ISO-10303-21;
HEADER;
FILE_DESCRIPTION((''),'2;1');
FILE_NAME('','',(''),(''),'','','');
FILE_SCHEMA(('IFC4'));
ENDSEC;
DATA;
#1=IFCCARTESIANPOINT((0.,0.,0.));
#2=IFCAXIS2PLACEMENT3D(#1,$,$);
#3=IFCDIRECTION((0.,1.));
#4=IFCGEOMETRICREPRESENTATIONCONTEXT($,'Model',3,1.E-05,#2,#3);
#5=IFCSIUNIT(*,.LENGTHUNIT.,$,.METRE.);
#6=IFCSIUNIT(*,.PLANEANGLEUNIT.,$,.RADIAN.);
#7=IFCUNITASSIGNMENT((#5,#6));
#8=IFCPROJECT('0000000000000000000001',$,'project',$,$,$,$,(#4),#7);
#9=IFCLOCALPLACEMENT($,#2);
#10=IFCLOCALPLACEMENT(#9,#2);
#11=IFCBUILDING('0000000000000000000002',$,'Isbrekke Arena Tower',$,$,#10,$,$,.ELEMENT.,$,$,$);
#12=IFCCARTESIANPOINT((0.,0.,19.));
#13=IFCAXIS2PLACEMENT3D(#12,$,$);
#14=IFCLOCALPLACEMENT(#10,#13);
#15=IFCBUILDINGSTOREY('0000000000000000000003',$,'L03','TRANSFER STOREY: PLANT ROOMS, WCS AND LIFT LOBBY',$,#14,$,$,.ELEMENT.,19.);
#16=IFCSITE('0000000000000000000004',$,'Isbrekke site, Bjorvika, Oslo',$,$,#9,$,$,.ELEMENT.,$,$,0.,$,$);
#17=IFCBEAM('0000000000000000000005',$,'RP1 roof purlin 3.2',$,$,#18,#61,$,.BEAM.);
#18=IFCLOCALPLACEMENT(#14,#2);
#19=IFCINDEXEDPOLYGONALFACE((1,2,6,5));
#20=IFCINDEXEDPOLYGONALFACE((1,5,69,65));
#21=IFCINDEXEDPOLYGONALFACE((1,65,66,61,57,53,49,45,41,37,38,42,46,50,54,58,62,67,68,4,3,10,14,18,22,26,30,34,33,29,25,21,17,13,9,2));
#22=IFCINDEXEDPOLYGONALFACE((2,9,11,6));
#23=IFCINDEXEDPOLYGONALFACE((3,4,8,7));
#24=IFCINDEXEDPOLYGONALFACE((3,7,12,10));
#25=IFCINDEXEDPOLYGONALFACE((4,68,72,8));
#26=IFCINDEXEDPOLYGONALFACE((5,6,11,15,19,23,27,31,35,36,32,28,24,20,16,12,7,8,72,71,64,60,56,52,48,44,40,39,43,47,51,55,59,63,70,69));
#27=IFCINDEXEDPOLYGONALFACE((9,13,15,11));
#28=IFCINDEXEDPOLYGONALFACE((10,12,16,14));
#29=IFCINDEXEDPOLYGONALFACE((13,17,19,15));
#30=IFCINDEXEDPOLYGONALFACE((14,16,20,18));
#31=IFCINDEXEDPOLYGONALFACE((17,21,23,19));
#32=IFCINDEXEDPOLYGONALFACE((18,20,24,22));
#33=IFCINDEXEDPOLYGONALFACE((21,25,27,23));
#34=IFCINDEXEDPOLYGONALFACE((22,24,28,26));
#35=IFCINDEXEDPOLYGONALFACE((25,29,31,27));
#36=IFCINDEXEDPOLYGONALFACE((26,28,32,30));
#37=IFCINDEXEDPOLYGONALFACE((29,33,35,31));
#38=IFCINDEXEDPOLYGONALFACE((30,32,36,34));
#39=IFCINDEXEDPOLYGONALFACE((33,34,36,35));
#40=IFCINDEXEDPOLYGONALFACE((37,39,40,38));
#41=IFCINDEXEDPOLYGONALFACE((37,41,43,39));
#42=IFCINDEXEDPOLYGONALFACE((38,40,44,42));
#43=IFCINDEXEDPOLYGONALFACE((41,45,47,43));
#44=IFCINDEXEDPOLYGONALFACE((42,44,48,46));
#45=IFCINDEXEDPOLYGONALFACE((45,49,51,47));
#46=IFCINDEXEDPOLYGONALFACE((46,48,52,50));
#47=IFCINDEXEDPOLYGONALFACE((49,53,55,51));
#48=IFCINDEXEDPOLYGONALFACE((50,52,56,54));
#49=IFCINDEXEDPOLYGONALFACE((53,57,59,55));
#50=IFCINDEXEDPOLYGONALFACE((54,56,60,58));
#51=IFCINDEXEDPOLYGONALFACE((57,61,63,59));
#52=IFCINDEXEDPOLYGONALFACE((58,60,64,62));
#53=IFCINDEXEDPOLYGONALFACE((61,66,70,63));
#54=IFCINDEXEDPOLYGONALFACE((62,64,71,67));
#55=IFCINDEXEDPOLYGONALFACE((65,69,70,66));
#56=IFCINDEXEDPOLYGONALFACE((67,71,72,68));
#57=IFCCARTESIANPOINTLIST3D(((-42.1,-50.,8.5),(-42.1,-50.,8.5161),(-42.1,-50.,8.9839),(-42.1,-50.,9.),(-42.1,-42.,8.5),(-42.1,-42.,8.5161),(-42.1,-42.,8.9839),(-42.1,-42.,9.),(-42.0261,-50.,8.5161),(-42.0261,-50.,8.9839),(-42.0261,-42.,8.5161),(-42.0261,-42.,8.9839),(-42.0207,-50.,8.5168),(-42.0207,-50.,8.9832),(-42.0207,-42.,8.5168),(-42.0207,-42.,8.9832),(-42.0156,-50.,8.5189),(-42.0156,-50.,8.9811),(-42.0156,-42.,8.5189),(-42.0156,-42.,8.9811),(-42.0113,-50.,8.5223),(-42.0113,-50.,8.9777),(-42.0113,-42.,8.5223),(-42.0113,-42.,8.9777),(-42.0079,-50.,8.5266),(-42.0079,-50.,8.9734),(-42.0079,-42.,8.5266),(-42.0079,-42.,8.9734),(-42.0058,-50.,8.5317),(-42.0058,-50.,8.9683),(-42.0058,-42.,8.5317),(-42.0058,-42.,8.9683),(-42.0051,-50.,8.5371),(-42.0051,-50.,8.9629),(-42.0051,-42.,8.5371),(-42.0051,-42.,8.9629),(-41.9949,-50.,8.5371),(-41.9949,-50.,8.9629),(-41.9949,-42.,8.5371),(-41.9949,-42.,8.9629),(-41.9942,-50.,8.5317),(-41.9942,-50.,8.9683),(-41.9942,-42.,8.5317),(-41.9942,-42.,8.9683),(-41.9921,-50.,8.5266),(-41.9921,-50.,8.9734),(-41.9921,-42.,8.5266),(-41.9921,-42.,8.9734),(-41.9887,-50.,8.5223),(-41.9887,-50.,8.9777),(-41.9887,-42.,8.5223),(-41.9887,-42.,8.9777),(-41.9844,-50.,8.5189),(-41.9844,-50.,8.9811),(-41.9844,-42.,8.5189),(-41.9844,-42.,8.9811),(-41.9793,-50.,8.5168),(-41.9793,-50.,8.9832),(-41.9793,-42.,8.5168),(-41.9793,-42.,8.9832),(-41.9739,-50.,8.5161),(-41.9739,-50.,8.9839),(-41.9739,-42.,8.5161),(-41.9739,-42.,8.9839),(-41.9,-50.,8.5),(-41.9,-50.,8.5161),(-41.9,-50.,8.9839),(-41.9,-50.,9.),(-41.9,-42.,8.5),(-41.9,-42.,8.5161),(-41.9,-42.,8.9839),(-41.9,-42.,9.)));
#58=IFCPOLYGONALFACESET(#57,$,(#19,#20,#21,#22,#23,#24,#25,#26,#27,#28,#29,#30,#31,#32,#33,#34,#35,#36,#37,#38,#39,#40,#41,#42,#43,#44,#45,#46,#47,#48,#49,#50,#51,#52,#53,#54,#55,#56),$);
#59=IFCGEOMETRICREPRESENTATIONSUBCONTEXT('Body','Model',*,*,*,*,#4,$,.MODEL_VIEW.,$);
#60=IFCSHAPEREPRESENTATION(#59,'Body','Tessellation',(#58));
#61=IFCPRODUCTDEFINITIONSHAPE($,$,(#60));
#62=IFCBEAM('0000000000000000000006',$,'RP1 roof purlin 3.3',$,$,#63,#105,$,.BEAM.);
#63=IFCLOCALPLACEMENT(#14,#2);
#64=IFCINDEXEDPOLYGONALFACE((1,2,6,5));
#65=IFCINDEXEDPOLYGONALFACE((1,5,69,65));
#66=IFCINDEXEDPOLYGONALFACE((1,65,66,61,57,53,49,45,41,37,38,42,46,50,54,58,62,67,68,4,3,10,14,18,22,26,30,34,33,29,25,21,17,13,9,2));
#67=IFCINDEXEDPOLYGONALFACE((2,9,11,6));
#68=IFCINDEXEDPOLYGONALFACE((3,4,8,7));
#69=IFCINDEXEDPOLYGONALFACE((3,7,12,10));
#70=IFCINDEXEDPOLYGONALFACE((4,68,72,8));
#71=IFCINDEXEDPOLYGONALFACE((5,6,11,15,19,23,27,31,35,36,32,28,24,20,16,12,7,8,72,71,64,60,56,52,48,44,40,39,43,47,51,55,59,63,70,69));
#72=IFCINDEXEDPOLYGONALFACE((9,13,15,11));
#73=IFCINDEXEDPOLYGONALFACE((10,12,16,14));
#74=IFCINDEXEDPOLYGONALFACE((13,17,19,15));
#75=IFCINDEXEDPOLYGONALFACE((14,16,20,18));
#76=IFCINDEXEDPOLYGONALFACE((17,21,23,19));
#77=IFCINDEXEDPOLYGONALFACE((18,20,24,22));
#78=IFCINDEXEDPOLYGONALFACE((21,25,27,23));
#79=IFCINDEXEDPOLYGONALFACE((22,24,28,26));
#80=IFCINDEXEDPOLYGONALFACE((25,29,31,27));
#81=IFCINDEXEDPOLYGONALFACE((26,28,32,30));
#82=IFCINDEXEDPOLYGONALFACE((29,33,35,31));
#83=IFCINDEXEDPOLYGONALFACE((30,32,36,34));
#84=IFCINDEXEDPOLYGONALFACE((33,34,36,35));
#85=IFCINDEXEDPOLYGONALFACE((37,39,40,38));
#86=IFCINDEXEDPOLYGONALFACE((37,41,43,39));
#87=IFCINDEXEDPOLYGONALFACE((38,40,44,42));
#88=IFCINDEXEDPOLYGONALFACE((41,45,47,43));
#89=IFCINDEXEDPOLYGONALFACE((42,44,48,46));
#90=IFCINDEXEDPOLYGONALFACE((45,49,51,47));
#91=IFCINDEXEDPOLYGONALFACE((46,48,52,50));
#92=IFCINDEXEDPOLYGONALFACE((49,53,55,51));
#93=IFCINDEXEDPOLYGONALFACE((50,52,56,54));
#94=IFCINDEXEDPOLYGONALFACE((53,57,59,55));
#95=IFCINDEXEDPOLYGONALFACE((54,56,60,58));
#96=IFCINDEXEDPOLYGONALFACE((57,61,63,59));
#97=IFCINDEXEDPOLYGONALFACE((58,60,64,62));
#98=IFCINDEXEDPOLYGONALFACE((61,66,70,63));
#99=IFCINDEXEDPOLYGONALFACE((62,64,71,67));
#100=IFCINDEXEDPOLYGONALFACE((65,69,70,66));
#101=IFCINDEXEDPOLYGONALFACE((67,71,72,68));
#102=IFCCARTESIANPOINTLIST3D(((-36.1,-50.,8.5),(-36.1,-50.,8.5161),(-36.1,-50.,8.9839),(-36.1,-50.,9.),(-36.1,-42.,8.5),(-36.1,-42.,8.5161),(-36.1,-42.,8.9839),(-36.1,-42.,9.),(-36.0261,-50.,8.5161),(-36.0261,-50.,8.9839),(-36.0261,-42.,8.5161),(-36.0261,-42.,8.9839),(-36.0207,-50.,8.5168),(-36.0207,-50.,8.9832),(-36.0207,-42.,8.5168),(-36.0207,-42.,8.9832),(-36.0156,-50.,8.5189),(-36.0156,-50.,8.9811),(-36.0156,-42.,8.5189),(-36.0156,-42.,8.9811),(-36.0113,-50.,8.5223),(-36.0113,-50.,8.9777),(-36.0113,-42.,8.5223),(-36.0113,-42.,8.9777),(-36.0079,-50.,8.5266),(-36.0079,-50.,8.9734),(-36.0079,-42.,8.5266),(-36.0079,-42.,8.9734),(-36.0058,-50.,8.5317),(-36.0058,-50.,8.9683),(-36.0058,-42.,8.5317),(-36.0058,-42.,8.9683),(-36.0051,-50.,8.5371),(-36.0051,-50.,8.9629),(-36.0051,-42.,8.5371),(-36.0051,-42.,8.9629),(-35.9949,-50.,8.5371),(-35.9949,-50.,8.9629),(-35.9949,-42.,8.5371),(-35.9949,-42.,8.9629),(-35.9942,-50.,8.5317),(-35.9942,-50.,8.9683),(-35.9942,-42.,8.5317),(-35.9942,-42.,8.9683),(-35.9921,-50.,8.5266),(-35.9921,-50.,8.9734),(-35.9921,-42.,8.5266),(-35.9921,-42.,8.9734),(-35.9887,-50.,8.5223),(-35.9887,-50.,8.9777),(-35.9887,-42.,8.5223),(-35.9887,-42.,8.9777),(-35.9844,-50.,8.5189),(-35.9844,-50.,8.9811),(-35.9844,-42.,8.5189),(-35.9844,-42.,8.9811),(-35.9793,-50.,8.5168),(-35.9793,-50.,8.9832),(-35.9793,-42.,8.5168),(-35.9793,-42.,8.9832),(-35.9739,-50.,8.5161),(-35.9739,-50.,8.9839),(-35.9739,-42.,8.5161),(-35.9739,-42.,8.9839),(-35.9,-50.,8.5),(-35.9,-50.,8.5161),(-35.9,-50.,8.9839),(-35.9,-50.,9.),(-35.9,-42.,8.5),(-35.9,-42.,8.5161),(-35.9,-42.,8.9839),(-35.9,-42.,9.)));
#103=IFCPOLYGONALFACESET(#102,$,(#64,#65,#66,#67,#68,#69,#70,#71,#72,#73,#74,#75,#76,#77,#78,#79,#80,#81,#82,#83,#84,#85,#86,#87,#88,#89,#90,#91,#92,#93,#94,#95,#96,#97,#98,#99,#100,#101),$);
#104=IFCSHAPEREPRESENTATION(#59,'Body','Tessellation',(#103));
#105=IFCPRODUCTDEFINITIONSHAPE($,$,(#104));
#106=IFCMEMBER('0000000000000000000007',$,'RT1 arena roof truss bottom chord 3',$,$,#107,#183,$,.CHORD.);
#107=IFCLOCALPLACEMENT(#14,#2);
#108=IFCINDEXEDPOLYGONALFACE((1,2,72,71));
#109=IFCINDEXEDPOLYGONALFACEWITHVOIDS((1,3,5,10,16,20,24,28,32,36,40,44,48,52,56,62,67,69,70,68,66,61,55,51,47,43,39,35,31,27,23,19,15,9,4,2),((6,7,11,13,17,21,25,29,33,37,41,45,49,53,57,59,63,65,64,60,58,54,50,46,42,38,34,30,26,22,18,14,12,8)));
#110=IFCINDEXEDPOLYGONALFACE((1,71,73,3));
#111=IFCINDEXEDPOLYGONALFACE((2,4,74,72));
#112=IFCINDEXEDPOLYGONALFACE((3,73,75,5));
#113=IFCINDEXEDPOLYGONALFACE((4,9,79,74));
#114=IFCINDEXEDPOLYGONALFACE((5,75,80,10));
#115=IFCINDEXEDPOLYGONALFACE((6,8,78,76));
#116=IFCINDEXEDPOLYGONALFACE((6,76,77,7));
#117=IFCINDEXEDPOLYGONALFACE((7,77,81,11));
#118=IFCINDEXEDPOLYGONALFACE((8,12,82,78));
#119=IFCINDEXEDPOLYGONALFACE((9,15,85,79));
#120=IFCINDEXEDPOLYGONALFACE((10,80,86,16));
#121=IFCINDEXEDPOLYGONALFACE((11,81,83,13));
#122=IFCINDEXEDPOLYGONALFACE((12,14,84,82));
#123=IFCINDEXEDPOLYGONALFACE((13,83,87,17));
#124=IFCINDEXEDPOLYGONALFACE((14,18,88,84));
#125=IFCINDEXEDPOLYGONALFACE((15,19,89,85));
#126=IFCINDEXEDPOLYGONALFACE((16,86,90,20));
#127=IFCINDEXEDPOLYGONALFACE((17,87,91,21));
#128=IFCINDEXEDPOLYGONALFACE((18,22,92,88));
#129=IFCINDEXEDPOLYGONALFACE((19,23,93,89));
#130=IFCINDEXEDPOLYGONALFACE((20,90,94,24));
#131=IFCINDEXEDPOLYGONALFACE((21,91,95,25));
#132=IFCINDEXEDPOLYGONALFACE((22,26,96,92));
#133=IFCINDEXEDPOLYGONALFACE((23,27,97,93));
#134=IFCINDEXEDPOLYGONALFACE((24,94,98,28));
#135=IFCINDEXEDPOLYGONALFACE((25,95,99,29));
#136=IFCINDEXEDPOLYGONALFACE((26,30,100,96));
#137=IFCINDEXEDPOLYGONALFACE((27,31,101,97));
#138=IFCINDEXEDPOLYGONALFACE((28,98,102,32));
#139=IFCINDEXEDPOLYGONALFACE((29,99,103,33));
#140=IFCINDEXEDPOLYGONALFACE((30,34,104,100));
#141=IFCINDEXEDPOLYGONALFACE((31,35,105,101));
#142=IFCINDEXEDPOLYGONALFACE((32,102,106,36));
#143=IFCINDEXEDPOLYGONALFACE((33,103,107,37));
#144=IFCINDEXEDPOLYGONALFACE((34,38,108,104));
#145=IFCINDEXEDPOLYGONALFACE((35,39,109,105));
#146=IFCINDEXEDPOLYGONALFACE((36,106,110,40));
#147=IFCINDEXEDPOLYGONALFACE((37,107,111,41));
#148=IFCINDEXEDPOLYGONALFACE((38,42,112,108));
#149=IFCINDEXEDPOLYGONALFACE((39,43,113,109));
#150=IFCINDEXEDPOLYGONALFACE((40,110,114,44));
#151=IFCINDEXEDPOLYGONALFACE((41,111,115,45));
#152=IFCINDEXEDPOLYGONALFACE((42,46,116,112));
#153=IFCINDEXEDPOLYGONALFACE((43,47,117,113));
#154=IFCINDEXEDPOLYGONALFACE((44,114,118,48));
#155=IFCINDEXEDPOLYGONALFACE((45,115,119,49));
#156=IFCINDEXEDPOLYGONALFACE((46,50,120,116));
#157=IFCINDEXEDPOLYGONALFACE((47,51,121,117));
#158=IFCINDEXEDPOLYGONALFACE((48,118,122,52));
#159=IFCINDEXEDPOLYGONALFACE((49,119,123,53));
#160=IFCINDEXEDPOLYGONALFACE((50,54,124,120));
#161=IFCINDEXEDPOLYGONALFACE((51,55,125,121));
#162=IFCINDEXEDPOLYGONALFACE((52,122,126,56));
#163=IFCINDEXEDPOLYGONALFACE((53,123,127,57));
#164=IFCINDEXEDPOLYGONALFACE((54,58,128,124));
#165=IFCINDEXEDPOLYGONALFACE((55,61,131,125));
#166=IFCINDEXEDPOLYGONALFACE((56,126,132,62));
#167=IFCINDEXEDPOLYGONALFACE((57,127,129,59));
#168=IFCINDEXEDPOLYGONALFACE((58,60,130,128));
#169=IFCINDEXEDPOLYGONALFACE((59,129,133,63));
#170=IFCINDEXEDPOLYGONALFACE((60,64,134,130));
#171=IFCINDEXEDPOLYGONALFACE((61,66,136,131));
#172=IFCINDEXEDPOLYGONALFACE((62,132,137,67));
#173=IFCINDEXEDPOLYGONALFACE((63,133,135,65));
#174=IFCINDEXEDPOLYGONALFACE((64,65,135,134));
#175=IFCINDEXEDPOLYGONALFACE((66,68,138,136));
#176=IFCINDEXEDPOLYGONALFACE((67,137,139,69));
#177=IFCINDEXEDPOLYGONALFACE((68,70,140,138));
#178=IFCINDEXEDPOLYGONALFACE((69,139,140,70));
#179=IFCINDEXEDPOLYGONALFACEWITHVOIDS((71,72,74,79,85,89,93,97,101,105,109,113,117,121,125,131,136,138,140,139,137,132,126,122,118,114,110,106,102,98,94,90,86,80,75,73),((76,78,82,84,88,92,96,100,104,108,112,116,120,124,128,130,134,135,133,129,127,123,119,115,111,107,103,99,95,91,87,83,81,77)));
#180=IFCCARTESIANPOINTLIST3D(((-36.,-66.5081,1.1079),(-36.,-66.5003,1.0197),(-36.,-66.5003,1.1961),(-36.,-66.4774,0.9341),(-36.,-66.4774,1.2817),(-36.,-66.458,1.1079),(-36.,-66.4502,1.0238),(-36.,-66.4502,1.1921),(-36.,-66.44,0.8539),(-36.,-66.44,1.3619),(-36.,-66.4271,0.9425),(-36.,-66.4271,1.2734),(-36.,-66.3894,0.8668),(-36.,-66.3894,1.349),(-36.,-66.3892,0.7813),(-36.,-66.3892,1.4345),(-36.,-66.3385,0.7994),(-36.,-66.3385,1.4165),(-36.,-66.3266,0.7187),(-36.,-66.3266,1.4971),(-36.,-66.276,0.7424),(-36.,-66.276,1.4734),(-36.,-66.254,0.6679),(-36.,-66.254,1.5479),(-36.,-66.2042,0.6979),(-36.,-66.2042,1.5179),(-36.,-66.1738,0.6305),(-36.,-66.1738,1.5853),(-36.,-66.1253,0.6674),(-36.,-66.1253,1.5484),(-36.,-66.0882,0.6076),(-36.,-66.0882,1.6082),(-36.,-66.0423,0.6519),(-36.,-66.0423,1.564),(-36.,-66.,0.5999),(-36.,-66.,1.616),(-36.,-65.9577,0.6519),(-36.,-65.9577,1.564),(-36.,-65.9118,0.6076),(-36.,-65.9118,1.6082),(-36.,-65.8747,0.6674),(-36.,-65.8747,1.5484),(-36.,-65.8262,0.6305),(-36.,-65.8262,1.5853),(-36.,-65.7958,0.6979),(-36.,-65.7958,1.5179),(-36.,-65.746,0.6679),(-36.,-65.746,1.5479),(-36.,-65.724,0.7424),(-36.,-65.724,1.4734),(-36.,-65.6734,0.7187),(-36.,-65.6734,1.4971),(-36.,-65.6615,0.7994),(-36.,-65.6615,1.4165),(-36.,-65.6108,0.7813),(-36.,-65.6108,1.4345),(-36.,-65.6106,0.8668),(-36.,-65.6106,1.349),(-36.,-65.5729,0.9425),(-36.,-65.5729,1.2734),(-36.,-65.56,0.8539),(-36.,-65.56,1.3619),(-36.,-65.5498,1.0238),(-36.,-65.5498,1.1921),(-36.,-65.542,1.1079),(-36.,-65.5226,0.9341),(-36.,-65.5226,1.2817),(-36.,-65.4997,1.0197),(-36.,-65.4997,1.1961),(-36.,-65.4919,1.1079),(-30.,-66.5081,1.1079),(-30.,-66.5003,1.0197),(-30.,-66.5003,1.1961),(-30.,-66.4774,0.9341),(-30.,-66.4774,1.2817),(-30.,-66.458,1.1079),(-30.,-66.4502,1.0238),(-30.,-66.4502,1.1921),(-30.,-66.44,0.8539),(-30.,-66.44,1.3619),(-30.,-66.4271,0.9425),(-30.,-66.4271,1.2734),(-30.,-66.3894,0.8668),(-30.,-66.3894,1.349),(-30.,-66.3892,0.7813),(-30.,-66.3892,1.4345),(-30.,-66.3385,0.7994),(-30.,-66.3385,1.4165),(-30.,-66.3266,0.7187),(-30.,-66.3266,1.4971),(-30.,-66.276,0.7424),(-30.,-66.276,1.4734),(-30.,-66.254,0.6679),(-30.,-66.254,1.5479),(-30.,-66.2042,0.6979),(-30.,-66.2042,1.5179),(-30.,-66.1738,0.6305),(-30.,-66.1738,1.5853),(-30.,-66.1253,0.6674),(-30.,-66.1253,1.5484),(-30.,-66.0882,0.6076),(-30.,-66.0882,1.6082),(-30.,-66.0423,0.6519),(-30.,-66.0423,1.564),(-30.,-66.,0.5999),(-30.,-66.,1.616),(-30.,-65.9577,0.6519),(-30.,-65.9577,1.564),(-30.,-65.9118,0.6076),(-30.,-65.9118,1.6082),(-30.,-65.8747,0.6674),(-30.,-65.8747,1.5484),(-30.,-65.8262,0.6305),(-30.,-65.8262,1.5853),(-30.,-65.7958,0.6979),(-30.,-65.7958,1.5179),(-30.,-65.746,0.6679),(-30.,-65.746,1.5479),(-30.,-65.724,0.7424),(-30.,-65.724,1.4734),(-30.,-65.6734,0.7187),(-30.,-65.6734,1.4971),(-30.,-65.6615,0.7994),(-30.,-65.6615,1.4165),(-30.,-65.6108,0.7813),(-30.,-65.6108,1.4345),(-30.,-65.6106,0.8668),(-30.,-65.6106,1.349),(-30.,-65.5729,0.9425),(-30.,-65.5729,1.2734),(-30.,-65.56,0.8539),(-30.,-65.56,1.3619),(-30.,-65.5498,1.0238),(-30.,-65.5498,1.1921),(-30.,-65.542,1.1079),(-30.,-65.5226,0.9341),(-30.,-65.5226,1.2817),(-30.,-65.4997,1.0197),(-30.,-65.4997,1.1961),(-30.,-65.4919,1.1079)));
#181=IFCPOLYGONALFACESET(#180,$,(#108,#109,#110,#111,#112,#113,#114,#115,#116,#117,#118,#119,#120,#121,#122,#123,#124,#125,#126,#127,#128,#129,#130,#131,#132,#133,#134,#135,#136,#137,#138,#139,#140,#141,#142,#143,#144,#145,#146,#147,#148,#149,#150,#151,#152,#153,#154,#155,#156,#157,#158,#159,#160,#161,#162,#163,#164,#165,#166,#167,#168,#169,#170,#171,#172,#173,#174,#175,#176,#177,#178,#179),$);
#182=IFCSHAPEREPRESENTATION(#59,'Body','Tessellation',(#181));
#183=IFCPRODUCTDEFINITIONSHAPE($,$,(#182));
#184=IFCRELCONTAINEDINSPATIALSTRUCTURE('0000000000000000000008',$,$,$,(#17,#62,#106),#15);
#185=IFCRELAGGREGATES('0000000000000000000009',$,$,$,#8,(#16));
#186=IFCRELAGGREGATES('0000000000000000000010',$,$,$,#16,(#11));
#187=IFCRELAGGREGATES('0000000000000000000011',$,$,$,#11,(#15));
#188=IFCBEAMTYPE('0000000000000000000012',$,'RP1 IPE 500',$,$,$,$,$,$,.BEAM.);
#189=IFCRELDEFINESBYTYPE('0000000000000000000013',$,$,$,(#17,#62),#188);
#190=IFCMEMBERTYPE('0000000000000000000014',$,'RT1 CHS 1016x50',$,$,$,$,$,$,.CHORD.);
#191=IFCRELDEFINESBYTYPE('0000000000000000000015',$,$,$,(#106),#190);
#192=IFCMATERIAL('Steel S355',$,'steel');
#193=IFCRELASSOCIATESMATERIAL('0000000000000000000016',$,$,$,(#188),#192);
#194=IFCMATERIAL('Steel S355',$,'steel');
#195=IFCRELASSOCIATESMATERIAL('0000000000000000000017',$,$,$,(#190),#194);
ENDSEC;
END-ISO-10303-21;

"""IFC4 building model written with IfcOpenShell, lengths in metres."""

from ifc_helpers import new_model, si_unit, direction, frame, origin, origin_2d, place, context, subcontext, project, spatial, hollow_circle, i_section, extrude, material, material_profile, profile_set, type_object, element, save


model = new_model("IFC4")

# Units and contexts
model_context = context("Model", 3, precision=1e-05, world=origin(), true_north=direction((0.0, 1.0)))
body_context = subcontext(model_context, "Body", "Model", "MODEL_VIEW")
ifc_project = project(units=[si_unit("LENGTHUNIT", "METRE"), si_unit("PLANEANGLEUNIT", "RADIAN")], contexts=[model_context])

# Site, building, storey
site_placement = place(None, origin())
site = spatial("IfcSite", under=ifc_project, at=site_placement, Name="Isbrekke site, Bjorvika, Oslo", CompositionType="ELEMENT", RefElevation=0.0)
building_placement = place(site_placement, origin())
building = spatial("IfcBuilding", under=site, at=building_placement, Name="Isbrekke Arena Tower", CompositionType="ELEMENT")
storey_placement = place(building_placement, frame((0.0, 0.0, 19.0)))
storey = spatial("IfcBuildingStorey", under=building, at=storey_placement, Name="L03", Description="TRANSFER STOREY: PLANT ROOMS, WCS AND LIFT LOBBY", CompositionType="ELEMENT", Elevation=19.0)

# Beams
ifc_material_1 = material(Name="Steel S355", Category="steel")
ifc_material_profile_1 = material_profile(ifc_material_1, i_section(OverallWidth=0.2, OverallDepth=0.5, WebThickness=0.0103, FlangeThickness=0.0161, FilletRadius=0.021, at=origin_2d()), Name="IPE 500")
ifc_profile_set_1 = profile_set([ifc_material_profile_1], Name="Steel S355")
beam_type = type_object("IfcBeamType", Name="RP1 IPE 500", PredefinedType="BEAM", material=ifc_profile_set_1)
for number, where, z_axis, x_axis, name in (
    (1, (-42.0, -50.0, 8.75), (0.0, 1.0, 0.0), (-1.0, 0.0, 0.0), "RP1 roof purlin 3.2"),
    (2, (-36.0, -50.0, 8.75), (0.0, 1.0, 0.0), (-1.0, 0.0, 0.0), "RP1 roof purlin 3.3"),
):
    element("IfcBeam", number, at=place(storey_placement, frame(where, z_axis=z_axis, x_axis=x_axis)), inside=storey, type_object=beam_type, Name=name, PredefinedType="BEAM", context=body_context, shape_type="SweptSolid", body=[
        extrude(i_section(OverallWidth=0.2, OverallDepth=0.5, WebThickness=0.0103, FlangeThickness=0.0161, FilletRadius=0.021, at=origin_2d()), origin(), (0.0, 0.0, 1.0), 8.0),
    ])

# Member
ifc_material_2 = material(Name="Steel S355", Category="steel")
ifc_material_profile_2 = material_profile(ifc_material_2, hollow_circle(Radius=0.5081, WallThickness=0.05, at=origin_2d()), Name="CHS 1016x50")
ifc_profile_set_2 = profile_set([ifc_material_profile_2], Name="Steel S355")
member_type_1 = type_object("IfcMemberType", Name="RT1 CHS 1016x50", PredefinedType="CHORD", material=ifc_profile_set_2)
for number, where, z_axis, x_axis, name in (
    (3, (-36.0, -66.0, 1.1079), (1.0, 0.0, 0.0), (0.0, 1.0, 0.0), "RT1 arena roof truss bottom chord 3"),
):
    element("IfcMember", number, at=place(storey_placement, frame(where, z_axis=z_axis, x_axis=x_axis)), inside=storey, type_object=member_type_1, Name=name, PredefinedType="CHORD", context=body_context, shape_type="SweptSolid", body=[
        extrude(hollow_circle(Radius=0.5081, WallThickness=0.05, at=origin_2d()), origin(), (0.0, 0.0, 1.0), 6.0),
    ])

save(model, "model.ifc")
